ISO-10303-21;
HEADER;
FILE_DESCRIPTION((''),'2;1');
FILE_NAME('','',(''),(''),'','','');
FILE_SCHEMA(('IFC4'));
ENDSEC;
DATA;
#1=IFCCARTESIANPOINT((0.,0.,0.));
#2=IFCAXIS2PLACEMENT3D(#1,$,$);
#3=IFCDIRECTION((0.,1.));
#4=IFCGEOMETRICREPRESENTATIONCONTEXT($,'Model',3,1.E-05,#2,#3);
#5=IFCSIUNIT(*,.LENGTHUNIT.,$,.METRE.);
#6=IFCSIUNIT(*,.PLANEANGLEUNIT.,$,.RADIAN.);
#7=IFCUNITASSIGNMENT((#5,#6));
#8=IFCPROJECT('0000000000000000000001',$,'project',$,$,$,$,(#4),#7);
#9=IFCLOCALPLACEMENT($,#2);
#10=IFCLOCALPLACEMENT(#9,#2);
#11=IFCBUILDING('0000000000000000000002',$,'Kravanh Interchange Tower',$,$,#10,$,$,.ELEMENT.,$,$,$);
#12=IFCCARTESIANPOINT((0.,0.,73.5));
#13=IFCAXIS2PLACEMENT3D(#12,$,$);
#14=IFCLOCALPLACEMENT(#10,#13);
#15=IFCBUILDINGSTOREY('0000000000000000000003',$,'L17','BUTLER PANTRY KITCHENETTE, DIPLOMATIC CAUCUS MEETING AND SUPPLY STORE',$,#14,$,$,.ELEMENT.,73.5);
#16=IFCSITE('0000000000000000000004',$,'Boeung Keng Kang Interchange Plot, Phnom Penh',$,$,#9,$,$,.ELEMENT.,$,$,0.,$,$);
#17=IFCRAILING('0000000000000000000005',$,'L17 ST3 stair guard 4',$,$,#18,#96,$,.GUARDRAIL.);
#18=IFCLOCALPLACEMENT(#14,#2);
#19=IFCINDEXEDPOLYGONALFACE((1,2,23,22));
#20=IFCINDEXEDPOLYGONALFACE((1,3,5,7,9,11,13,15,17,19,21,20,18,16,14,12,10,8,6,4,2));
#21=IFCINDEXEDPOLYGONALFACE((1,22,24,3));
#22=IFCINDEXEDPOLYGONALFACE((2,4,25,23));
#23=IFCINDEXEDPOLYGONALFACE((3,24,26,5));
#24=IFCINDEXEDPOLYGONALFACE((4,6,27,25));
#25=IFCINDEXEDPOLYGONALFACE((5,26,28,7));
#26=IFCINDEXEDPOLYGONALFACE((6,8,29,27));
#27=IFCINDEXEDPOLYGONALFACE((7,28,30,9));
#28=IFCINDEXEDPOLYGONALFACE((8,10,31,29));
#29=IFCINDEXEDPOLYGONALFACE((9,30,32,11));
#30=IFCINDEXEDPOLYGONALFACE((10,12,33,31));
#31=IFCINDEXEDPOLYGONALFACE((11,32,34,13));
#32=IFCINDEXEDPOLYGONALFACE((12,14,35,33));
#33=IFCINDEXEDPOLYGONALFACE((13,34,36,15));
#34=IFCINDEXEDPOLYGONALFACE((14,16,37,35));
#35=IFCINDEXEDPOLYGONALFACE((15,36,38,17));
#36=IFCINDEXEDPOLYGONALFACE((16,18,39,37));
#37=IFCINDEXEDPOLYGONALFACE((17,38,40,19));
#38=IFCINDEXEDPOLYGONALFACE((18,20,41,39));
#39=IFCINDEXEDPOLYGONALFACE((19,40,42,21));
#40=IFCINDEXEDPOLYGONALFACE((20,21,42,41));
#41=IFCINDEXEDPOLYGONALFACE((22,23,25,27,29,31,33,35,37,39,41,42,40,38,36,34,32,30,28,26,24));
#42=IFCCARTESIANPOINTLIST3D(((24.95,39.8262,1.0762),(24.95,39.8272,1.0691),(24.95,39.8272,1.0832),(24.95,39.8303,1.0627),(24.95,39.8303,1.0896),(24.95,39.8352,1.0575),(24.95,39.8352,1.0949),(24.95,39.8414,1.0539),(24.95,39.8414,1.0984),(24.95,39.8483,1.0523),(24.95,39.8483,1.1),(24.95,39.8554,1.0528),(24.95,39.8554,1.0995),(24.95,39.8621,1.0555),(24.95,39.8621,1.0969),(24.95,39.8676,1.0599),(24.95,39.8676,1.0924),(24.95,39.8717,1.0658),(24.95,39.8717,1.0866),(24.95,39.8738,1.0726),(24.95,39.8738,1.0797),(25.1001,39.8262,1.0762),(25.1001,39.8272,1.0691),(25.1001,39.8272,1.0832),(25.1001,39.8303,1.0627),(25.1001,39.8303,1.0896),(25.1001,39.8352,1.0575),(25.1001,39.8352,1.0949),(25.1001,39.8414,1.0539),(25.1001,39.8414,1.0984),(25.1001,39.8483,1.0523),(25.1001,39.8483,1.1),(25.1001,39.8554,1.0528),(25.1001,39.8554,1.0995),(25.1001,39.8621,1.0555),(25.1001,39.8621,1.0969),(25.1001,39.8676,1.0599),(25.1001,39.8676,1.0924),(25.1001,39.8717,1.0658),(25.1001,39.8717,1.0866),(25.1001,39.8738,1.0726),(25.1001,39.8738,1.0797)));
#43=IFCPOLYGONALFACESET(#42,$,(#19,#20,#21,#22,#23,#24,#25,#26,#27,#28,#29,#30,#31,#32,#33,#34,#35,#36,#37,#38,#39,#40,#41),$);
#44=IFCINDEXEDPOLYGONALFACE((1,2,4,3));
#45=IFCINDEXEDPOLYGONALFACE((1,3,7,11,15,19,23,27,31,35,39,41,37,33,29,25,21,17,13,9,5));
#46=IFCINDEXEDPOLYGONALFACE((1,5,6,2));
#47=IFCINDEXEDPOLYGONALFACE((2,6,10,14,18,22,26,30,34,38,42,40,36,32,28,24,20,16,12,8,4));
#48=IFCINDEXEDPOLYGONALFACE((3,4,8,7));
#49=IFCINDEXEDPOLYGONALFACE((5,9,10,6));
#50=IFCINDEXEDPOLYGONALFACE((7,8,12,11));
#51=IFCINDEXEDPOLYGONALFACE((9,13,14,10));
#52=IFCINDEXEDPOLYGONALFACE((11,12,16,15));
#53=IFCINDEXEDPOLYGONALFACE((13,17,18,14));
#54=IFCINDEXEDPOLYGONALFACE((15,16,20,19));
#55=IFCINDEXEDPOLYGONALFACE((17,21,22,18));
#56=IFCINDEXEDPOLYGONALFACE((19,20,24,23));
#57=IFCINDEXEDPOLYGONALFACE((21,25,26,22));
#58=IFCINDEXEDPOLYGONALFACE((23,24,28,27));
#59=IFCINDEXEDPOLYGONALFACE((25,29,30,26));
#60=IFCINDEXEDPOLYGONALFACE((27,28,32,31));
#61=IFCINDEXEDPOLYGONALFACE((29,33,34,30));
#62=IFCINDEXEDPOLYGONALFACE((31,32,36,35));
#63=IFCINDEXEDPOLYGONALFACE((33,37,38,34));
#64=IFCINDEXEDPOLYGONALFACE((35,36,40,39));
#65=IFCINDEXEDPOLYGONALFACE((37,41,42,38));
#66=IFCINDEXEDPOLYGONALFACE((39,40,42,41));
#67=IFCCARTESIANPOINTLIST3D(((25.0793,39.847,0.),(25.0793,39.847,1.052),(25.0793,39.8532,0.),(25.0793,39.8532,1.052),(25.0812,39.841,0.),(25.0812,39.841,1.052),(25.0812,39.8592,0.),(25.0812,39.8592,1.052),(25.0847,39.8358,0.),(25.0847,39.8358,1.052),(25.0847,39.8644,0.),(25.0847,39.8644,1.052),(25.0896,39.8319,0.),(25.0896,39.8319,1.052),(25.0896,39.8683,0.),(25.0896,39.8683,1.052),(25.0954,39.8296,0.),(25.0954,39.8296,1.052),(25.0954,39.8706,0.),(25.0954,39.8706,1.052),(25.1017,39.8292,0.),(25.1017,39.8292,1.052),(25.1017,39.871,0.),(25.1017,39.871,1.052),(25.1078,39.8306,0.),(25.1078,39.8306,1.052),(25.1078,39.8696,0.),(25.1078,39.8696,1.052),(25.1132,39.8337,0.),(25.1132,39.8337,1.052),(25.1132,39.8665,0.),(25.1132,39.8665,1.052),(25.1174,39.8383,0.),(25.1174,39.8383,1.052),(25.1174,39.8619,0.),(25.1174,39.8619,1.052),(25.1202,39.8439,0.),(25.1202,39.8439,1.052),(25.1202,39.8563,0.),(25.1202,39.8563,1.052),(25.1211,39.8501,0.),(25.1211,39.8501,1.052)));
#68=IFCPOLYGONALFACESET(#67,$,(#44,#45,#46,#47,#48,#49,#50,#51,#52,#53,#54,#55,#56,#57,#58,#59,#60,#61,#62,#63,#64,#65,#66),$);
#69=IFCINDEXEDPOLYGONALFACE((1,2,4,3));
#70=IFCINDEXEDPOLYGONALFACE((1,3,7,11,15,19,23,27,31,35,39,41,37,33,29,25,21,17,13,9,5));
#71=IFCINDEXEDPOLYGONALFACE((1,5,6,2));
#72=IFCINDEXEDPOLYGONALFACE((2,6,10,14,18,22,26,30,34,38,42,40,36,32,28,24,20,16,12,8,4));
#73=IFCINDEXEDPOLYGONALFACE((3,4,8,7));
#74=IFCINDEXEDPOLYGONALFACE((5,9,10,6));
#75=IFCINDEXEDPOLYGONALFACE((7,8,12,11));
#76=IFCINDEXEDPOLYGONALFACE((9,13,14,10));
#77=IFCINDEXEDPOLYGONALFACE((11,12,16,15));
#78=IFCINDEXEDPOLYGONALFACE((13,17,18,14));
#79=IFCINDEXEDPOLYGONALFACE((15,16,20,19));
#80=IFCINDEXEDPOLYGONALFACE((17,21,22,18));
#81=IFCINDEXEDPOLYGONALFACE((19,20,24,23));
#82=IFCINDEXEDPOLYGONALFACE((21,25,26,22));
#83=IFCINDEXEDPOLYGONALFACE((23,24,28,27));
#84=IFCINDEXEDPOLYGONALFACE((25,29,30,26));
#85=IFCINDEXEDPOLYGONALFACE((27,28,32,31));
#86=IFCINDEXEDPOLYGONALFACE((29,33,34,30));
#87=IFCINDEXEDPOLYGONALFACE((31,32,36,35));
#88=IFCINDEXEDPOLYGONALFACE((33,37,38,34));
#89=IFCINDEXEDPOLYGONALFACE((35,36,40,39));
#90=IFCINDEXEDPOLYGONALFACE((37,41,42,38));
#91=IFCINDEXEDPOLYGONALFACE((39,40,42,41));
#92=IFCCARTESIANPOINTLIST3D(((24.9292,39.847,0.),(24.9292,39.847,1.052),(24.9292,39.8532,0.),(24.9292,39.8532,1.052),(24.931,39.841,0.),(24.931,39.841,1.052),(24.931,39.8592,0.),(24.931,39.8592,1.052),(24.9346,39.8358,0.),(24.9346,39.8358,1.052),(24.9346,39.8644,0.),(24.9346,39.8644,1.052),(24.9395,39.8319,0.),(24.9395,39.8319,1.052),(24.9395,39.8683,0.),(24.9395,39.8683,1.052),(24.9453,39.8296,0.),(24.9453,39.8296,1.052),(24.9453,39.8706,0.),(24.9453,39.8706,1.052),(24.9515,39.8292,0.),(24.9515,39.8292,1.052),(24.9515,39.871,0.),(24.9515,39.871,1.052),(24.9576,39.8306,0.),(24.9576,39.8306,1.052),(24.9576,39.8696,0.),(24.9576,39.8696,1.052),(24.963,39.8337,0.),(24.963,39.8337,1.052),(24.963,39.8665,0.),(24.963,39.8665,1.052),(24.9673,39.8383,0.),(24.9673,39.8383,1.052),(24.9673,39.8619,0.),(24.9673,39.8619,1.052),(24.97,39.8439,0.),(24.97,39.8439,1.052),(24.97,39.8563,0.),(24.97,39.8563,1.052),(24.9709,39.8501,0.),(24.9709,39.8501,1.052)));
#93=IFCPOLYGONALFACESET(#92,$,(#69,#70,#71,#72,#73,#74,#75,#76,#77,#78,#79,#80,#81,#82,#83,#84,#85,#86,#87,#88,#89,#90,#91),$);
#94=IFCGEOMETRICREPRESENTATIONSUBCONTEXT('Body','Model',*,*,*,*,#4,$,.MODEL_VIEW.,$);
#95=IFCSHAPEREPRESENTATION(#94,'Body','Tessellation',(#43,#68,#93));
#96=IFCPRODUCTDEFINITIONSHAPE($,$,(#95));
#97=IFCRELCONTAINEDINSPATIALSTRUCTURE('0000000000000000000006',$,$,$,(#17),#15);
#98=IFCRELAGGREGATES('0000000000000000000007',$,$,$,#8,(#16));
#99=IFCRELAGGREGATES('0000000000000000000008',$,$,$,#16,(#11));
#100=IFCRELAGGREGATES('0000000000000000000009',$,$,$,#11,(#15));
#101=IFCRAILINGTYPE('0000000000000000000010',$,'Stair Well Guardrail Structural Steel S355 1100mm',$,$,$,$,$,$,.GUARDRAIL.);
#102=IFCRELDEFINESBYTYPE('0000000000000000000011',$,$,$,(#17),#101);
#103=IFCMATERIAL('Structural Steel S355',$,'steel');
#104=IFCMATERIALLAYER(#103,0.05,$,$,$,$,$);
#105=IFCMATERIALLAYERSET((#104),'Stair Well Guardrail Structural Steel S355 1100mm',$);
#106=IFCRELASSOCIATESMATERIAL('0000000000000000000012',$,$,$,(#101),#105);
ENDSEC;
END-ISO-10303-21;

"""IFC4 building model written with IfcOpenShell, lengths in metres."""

from ifc_helpers import new_model, si_unit, direction, frame, origin, origin_2d, place, context, subcontext, project, spatial, circle, extrude, material, layer, layer_set, type_object, element, save


model = new_model("IFC4")

# Units and contexts
model_context = context("Model", 3, precision=1e-05, world=origin(), true_north=direction((0.0, 1.0)))
body_context = subcontext(model_context, "Body", "Model", "MODEL_VIEW")
ifc_project = project(units=[si_unit("LENGTHUNIT", "METRE"), si_unit("PLANEANGLEUNIT", "RADIAN")], contexts=[model_context])

# Site, building, storey
site_placement = place(None, origin())
site = spatial("IfcSite", under=ifc_project, at=site_placement, Name="Boeung Keng Kang Interchange Plot, Phnom Penh", CompositionType="ELEMENT", RefElevation=0.0)
building_placement = place(site_placement, origin())
building = spatial("IfcBuilding", under=site, at=building_placement, Name="Kravanh Interchange Tower", CompositionType="ELEMENT")
storey_placement = place(building_placement, frame((0.0, 0.0, 73.5)))
storey = spatial("IfcBuildingStorey", under=building, at=storey_placement, Name="L17", Description="BUTLER PANTRY KITCHENETTE, DIPLOMATIC CAUCUS MEETING AND SUPPLY STORE", CompositionType="ELEMENT", Elevation=73.5)

# Railing
ifc_material_1 = material(Name="Structural Steel S355", Category="steel")
ifc_layer_1 = layer(ifc_material_1, 0.05)
ifc_layer_set_1 = layer_set([ifc_layer_1], Name="Stair Well Guardrail Structural Steel S355 1100mm")
railing_type_1 = type_object("IfcRailingType", Name="Stair Well Guardrail Structural Steel S355 1100mm", PredefinedType="GUARDRAIL", material=ifc_layer_set_1)
railing_1_placement = place(storey_placement, frame((25.1001, 39.8501, 0.0)))
element("IfcRailing", 1, at=railing_1_placement, inside=storey, type_object=railing_type_1, Name="L17 ST3 stair guard 4", PredefinedType="GUARDRAIL", context=body_context, shape_type="SweptSolid", body=[
    extrude(circle(Radius=0.0239, at=origin_2d()), frame((0.0, 0.0, 1.0762), z_axis=(-1.0, 0.0, 0.0), x_axis=(0.0, -1.0, 0.0)), (0.0, 0.0, 1.0), 0.1501),
    extrude(circle(Radius=0.021, at=origin_2d()), origin(), (0.0, 0.0, 1.0), 1.052),
    extrude(circle(Radius=0.021, at=origin_2d()), frame((-0.1501, 0.0, 0.0)), (0.0, 0.0, 1.0), 1.052),
])

save(model, "model.ifc")
